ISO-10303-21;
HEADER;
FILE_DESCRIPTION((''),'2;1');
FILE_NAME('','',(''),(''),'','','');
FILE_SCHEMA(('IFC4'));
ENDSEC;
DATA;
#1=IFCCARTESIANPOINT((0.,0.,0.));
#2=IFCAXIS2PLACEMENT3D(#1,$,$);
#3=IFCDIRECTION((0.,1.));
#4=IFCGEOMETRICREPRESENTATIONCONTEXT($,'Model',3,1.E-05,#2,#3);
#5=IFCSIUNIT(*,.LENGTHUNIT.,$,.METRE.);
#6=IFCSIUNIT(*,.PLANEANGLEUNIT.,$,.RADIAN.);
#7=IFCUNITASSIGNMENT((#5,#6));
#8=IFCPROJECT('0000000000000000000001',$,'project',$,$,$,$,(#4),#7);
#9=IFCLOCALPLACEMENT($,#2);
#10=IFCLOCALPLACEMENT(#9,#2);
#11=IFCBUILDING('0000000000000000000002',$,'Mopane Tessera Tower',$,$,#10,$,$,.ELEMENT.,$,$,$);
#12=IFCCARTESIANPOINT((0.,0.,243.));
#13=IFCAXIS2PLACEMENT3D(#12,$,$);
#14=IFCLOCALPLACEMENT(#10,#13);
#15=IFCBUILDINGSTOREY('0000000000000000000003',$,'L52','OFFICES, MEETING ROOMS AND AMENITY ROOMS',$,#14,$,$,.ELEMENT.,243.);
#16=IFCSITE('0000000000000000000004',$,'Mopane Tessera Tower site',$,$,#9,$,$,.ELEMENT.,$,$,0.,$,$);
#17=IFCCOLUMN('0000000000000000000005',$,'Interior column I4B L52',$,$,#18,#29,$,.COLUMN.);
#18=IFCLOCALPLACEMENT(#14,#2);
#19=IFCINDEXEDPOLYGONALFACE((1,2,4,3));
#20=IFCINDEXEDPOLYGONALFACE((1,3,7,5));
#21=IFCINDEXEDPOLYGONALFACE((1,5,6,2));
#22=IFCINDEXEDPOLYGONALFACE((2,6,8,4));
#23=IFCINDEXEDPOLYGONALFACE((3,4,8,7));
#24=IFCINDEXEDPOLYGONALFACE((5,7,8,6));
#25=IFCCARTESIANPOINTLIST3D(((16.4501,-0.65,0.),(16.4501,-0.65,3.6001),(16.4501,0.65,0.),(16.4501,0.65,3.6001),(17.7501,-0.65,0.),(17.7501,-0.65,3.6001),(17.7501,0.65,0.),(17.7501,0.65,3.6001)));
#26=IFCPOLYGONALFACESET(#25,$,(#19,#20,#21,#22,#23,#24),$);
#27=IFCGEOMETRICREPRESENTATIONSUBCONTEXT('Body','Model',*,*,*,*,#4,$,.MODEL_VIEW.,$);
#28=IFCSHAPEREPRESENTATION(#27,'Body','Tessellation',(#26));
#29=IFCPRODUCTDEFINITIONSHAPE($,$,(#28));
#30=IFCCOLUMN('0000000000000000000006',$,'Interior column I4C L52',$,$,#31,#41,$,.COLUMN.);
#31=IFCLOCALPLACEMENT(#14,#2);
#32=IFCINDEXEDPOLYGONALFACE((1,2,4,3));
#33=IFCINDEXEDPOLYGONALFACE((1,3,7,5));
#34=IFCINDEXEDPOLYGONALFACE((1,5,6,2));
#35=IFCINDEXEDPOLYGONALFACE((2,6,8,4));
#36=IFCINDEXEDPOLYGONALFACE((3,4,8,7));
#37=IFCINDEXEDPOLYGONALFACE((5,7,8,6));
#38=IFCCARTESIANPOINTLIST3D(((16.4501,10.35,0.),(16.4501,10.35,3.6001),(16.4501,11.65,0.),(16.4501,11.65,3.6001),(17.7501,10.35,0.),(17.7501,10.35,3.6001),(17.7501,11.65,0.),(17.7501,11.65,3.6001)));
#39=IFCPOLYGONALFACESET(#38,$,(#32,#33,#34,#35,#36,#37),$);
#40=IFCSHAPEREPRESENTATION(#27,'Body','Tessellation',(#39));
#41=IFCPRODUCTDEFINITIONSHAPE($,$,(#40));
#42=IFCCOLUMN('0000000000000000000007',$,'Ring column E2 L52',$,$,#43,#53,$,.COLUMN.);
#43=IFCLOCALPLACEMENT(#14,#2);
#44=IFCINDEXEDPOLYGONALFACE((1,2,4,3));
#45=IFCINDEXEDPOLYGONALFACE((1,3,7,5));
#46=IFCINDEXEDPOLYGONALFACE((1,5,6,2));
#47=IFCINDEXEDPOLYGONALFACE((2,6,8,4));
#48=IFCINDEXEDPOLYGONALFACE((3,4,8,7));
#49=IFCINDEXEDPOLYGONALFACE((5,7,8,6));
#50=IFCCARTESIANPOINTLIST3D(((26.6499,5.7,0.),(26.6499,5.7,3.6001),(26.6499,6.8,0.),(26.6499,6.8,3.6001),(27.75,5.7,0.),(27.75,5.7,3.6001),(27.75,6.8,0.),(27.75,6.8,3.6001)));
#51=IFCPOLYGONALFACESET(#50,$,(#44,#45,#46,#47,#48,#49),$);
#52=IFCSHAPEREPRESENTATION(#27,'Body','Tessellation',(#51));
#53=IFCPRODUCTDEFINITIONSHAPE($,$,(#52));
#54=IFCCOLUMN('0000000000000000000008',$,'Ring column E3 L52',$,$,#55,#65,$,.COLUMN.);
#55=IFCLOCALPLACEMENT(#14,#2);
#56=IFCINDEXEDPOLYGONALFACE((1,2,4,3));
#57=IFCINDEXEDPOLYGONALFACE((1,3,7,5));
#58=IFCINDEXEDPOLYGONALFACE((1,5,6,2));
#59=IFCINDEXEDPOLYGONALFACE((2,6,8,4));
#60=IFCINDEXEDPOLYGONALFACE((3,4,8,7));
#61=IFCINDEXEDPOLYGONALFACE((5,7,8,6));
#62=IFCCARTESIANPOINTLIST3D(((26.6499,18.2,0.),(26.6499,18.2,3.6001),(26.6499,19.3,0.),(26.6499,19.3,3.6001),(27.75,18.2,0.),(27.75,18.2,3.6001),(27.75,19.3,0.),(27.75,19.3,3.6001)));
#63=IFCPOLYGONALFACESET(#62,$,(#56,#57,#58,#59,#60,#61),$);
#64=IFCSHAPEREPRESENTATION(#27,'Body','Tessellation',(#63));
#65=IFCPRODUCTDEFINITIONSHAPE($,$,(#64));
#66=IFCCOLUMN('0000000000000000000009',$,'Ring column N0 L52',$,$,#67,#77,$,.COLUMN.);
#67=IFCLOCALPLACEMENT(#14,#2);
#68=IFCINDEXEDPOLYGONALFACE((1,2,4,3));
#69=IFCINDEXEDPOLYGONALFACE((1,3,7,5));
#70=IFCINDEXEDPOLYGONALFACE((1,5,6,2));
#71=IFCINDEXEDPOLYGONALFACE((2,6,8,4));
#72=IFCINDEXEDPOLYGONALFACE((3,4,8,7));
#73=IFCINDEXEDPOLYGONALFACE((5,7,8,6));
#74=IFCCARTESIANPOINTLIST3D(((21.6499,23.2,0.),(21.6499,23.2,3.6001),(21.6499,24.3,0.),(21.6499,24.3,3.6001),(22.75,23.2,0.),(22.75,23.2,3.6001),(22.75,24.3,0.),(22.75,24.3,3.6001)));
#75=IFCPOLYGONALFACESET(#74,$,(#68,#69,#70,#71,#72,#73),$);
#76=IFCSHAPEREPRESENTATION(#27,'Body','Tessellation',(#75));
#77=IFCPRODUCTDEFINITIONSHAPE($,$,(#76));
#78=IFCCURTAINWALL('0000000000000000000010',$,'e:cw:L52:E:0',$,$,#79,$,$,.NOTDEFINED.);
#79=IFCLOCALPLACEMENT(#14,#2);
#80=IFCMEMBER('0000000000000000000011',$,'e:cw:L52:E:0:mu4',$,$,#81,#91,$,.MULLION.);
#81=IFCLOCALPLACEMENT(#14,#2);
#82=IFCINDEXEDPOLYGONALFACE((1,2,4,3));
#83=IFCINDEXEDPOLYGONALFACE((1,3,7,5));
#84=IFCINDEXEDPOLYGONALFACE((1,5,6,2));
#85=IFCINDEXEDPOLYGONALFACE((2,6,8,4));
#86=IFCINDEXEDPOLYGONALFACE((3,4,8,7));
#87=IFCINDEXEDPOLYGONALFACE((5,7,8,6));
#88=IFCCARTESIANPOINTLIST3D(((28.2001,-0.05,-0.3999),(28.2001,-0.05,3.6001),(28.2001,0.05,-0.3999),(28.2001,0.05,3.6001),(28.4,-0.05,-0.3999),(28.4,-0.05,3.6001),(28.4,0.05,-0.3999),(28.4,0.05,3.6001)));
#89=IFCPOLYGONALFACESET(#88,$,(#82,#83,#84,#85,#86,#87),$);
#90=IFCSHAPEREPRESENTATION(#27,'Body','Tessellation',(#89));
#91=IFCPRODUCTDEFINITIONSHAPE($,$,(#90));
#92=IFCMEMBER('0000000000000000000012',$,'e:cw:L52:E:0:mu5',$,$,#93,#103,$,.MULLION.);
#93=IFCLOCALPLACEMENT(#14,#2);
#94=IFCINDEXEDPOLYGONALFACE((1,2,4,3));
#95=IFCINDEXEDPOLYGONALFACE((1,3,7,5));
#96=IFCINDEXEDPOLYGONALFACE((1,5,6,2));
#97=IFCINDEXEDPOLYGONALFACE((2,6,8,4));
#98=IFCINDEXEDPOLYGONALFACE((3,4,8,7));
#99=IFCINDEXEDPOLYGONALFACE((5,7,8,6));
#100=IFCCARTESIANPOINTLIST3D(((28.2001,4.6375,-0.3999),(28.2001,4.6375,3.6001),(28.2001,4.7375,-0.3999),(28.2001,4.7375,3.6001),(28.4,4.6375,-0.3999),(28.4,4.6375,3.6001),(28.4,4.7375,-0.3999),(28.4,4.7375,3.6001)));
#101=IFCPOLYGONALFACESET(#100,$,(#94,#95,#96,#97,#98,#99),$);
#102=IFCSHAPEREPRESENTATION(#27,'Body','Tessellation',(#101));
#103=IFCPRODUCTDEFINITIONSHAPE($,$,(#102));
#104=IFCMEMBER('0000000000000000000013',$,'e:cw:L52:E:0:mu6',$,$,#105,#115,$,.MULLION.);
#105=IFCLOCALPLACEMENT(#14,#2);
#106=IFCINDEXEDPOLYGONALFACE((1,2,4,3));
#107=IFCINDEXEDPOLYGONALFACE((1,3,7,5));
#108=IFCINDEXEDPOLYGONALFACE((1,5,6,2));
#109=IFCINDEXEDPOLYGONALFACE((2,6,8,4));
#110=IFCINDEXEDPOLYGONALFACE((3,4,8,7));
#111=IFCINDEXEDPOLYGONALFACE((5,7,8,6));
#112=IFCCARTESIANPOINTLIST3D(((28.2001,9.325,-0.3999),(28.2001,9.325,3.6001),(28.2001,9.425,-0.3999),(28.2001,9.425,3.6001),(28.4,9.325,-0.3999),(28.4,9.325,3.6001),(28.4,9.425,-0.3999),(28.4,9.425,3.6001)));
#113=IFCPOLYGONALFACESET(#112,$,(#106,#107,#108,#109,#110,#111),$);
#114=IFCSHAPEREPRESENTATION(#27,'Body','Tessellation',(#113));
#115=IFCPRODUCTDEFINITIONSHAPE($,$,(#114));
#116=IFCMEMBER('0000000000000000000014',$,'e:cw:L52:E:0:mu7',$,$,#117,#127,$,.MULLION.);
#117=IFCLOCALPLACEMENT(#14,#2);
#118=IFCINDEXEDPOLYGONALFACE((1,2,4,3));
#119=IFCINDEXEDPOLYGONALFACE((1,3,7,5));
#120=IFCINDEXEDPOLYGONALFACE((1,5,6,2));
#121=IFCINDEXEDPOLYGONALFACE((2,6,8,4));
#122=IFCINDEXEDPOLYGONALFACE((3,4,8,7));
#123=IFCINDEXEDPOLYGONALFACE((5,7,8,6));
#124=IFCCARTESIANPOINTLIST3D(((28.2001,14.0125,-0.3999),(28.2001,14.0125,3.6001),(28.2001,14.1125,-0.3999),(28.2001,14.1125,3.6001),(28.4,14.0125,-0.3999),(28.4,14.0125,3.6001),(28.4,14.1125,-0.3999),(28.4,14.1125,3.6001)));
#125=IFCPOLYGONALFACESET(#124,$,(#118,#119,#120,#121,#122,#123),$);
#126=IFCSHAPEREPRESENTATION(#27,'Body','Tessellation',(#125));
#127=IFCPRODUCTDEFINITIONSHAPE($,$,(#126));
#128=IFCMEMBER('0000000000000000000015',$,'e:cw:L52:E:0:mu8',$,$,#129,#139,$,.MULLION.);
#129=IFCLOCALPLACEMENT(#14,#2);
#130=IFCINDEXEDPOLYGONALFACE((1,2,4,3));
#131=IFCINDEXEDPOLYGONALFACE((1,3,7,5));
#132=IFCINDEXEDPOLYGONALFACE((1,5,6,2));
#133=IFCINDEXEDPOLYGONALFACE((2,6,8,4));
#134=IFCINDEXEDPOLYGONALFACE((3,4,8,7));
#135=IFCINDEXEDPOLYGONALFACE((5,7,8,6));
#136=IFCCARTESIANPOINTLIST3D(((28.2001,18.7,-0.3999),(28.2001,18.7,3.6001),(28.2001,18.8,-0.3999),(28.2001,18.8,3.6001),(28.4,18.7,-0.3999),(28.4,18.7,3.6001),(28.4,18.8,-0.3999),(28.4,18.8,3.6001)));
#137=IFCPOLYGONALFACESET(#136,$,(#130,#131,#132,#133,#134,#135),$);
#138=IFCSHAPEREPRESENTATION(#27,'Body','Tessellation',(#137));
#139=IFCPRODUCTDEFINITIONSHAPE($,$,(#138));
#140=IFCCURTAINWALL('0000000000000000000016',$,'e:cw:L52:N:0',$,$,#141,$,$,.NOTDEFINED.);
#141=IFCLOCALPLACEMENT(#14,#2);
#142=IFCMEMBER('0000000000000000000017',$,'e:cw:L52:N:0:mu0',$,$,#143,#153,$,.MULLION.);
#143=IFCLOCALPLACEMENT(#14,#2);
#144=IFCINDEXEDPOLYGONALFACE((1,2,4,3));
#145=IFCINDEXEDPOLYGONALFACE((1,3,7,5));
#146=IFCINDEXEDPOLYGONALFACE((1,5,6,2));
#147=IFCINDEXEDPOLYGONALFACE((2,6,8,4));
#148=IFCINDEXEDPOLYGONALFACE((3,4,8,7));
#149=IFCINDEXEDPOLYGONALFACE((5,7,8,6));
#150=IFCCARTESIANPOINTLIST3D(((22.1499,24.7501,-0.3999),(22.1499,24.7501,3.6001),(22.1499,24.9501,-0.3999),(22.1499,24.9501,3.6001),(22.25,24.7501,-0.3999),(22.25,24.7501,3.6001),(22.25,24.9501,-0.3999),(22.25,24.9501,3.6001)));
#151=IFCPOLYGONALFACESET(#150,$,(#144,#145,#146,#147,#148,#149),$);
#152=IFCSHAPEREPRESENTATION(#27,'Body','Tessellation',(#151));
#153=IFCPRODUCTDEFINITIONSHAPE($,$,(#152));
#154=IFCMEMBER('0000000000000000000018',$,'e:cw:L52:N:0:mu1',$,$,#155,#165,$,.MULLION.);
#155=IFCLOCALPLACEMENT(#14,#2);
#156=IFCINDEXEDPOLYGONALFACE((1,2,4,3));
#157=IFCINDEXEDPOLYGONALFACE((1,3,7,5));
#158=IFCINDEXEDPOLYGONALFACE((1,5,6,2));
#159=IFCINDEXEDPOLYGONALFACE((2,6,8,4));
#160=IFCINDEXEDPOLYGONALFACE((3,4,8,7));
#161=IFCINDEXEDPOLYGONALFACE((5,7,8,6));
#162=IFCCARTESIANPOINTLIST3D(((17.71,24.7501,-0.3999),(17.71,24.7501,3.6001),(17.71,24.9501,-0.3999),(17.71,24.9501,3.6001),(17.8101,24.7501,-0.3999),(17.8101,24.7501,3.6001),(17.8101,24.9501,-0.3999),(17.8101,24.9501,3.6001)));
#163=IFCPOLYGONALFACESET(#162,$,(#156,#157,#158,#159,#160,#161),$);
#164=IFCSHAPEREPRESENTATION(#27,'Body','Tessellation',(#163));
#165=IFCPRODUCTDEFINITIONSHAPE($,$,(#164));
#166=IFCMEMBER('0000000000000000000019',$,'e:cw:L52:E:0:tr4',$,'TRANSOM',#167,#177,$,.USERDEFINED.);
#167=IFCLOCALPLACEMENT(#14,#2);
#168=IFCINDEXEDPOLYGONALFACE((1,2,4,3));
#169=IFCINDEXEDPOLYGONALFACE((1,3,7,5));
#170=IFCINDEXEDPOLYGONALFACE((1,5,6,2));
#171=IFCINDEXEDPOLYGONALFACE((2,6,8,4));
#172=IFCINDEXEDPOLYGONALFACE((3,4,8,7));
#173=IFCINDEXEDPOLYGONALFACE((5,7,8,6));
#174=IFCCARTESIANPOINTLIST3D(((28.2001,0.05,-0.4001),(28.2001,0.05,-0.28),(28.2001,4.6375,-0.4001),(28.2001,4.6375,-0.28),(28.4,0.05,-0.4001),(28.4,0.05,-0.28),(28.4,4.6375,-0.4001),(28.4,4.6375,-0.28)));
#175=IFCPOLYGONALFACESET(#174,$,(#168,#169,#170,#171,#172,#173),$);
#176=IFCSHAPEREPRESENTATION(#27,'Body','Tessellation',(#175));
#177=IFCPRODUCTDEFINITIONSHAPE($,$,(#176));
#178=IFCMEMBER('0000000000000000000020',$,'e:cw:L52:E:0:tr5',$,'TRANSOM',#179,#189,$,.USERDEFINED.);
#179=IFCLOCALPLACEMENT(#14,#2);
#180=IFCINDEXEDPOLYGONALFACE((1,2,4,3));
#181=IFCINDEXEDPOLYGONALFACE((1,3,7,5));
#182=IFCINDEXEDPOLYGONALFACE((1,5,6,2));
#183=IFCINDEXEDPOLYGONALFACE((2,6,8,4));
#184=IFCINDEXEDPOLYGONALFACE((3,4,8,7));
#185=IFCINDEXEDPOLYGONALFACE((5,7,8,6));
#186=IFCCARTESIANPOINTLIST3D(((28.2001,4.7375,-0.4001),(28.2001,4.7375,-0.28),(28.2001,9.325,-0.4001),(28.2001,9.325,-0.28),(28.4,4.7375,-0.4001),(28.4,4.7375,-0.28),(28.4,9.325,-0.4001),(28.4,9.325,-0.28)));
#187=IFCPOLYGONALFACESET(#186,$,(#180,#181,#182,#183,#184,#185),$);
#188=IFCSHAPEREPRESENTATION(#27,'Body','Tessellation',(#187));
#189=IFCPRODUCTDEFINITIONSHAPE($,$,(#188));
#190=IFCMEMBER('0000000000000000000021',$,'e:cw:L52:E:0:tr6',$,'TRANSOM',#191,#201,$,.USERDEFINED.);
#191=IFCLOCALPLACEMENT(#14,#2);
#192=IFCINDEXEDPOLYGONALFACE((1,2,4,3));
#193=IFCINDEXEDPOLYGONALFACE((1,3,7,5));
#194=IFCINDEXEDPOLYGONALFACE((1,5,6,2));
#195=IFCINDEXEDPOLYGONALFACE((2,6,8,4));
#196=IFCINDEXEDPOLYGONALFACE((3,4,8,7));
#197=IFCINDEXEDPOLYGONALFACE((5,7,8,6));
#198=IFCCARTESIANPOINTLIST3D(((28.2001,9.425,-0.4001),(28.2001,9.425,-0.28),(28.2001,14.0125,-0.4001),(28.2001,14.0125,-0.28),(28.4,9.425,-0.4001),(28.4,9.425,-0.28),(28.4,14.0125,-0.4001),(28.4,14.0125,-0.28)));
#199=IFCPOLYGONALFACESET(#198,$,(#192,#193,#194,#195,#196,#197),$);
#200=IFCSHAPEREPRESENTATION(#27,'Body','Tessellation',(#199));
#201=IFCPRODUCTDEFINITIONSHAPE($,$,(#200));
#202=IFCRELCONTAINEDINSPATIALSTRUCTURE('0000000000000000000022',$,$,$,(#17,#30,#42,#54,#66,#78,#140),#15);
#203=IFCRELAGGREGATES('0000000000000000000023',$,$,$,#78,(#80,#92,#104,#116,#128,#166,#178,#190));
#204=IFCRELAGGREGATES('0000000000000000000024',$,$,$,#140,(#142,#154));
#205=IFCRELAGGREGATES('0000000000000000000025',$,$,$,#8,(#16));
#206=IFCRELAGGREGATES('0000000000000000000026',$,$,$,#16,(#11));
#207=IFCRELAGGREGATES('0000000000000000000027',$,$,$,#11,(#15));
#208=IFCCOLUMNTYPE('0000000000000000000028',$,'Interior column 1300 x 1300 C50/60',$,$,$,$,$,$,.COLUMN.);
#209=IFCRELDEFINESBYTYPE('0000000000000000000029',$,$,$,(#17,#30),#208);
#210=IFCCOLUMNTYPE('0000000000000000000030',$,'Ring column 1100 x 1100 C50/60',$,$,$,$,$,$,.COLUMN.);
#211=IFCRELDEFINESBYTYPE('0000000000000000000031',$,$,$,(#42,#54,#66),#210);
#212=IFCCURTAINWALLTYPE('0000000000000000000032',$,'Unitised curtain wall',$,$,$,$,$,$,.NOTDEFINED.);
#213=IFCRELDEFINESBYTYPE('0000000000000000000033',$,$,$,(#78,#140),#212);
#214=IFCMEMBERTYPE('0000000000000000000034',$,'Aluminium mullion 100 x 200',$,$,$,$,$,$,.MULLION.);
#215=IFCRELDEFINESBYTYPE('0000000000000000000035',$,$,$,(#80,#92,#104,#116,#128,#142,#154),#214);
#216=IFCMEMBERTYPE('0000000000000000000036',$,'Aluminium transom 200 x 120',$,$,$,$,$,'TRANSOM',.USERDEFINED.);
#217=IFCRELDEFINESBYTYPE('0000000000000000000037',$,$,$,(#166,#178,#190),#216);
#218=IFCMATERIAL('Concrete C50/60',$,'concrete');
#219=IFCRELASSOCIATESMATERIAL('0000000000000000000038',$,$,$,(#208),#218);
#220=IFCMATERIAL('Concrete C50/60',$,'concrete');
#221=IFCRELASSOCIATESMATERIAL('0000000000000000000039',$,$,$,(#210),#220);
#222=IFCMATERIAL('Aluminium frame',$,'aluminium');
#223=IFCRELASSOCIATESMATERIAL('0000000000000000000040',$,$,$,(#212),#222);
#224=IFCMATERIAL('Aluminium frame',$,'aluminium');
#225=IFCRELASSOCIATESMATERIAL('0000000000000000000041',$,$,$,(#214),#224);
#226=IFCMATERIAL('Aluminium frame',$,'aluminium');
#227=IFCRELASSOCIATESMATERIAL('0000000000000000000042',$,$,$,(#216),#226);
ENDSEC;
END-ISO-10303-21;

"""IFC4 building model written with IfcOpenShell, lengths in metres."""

from ifc_helpers import new_model, si_unit, direction, frame, origin, origin_2d, place, context, subcontext, project, spatial, rectangle, extrude, material, material_profile, profile_set, type_object, element, aggregate, save


model = new_model("IFC4")

# Units and contexts
model_context = context("Model", 3, precision=1e-05, world=origin(), true_north=direction((0.0, 1.0)))
body_context = subcontext(model_context, "Body", "Model", "MODEL_VIEW")
ifc_project = project(units=[si_unit("LENGTHUNIT", "METRE"), si_unit("PLANEANGLEUNIT", "RADIAN")], contexts=[model_context])

# Site, building, storey
site_placement = place(None, origin())
site = spatial("IfcSite", under=ifc_project, at=site_placement, Name="Mopane Tessera Tower site", CompositionType="ELEMENT", RefElevation=0.0)
building_placement = place(site_placement, origin())
building = spatial("IfcBuilding", under=site, at=building_placement, Name="Mopane Tessera Tower", CompositionType="ELEMENT")
storey_placement = place(building_placement, frame((0.0, 0.0, 243.0)))
storey = spatial("IfcBuildingStorey", under=building, at=storey_placement, Name="L52", Description="OFFICES, MEETING ROOMS AND AMENITY ROOMS", CompositionType="ELEMENT", Elevation=243.0)

# Columns
ifc_material_1 = material(Name="Concrete C50/60", Category="concrete")
ifc_material_profile_1 = material_profile(ifc_material_1, rectangle(XDim=1.3, YDim=1.3, at=origin_2d()))
ifc_profile_set_1 = profile_set([ifc_material_profile_1], Name="Concrete C50/60")
column_type_1 = type_object("IfcColumnType", Name="Interior column 1300 x 1300 C50/60", PredefinedType="COLUMN", material=ifc_profile_set_1)
for number, where, z_axis, x_axis, name in (
    (1, (17.1001, 0.0, 0.0), (0.0, 0.0, 1.0), (1.0, 0.0, 0.0), "Interior column I4B L52"),
    (2, (17.1001, 11.0, 0.0), (0.0, 0.0, 1.0), (1.0, 0.0, 0.0), "Interior column I4C L52"),
):
    element("IfcColumn", number, at=place(storey_placement, frame(where, z_axis=z_axis, x_axis=x_axis)), inside=storey, type_object=column_type_1, Name=name, PredefinedType="COLUMN", context=body_context, shape_type="SweptSolid", body=[
        extrude(rectangle(XDim=1.3, YDim=1.3, at=origin_2d()), origin(), (0.0, 0.0, 1.0), 3.6001),
    ])
ifc_material_2 = material(Name="Concrete C50/60", Category="concrete")
ifc_material_profile_2 = material_profile(ifc_material_2, rectangle(XDim=1.1001, YDim=1.1001, at=origin_2d()))
ifc_profile_set_2 = profile_set([ifc_material_profile_2], Name="Concrete C50/60")
column_type_2 = type_object("IfcColumnType", Name="Ring column 1100 x 1100 C50/60", PredefinedType="COLUMN", material=ifc_profile_set_2)
for number, where, z_axis, x_axis, name in (
    (3, (27.2, 6.25, 0.0), (0.0, 0.0, 1.0), (1.0, 0.0, 0.0), "Ring column E2 L52"),
    (4, (27.2, 18.75, 0.0), (0.0, 0.0, 1.0), (1.0, 0.0, 0.0), "Ring column E3 L52"),
    (5, (22.2, 23.75, 0.0), (0.0, 0.0, 1.0), (1.0, 0.0, 0.0), "Ring column N0 L52"),
):
    element("IfcColumn", number, at=place(storey_placement, frame(where, z_axis=z_axis, x_axis=x_axis)), inside=storey, type_object=column_type_2, Name=name, PredefinedType="COLUMN", context=body_context, shape_type="SweptSolid", body=[
        extrude(rectangle(XDim=1.1001, YDim=1.1001, at=origin_2d()), origin(), (0.0, 0.0, 1.0), 3.6001),
    ])

# Curtain walls, members
ifc_material_3 = material(Name="Aluminium frame", Category="aluminium")
curtain_wall_type = type_object("IfcCurtainWallType", Name="Unitised curtain wall", PredefinedType="NOTDEFINED", material=ifc_material_3)
curtain_wall_1_placement = place(storey_placement, origin())
curtain_wall_1 = element("IfcCurtainWall", 6, at=curtain_wall_1_placement, inside=storey, type_object=curtain_wall_type, Name="e:cw:L52:E:0", PredefinedType="NOTDEFINED")
ifc_material_4 = material(Name="Aluminium frame", Category="aluminium")
ifc_material_profile_3 = material_profile(ifc_material_4, rectangle(XDim=0.1001, YDim=0.2, at=origin_2d()))
ifc_profile_set_3 = profile_set([ifc_material_profile_3], Name="Aluminium frame")
member_type_1 = type_object("IfcMemberType", Name="Aluminium mullion 100 x 200", PredefinedType="MULLION", material=ifc_profile_set_3)
member_1_placement = place(storey_placement, frame((28.3, 0.0, -0.3999), z_axis=(0.0, 0.0, 1.0), x_axis=(0.0, 1.0, 0.0)))
member_1 = element("IfcMember", 7, at=member_1_placement, type_object=member_type_1, Name="e:cw:L52:E:0:mu4", PredefinedType="MULLION", context=body_context, shape_type="SweptSolid", body=[
    extrude(rectangle(XDim=0.1001, YDim=0.2, at=origin_2d()), origin(), (0.0, 0.0, 1.0), 4.0),
])
member_2_placement = place(storey_placement, frame((28.3, 4.6875, -0.3999), z_axis=(0.0, 0.0, 1.0), x_axis=(0.0, 1.0, 0.0)))
member_2 = element("IfcMember", 8, at=member_2_placement, type_object=member_type_1, Name="e:cw:L52:E:0:mu5", PredefinedType="MULLION", context=body_context, shape_type="SweptSolid", body=[
    extrude(rectangle(XDim=0.1001, YDim=0.2, at=origin_2d()), origin(), (0.0, 0.0, 1.0), 4.0),
])
member_3_placement = place(storey_placement, frame((28.3, 9.375, -0.3999), z_axis=(0.0, 0.0, 1.0), x_axis=(0.0, 1.0, 0.0)))
member_3 = element("IfcMember", 9, at=member_3_placement, type_object=member_type_1, Name="e:cw:L52:E:0:mu6", PredefinedType="MULLION", context=body_context, shape_type="SweptSolid", body=[
    extrude(rectangle(XDim=0.1001, YDim=0.2, at=origin_2d()), origin(), (0.0, 0.0, 1.0), 4.0),
])
member_4_placement = place(storey_placement, frame((28.3, 14.0625, -0.3999), z_axis=(0.0, 0.0, 1.0), x_axis=(0.0, 1.0, 0.0)))
member_4 = element("IfcMember", 10, at=member_4_placement, type_object=member_type_1, Name="e:cw:L52:E:0:mu7", PredefinedType="MULLION", context=body_context, shape_type="SweptSolid", body=[
    extrude(rectangle(XDim=0.1001, YDim=0.2, at=origin_2d()), origin(), (0.0, 0.0, 1.0), 4.0),
])
member_5_placement = place(storey_placement, frame((28.3, 18.75, -0.3999), z_axis=(0.0, 0.0, 1.0), x_axis=(0.0, 1.0, 0.0)))
member_5 = element("IfcMember", 11, at=member_5_placement, type_object=member_type_1, Name="e:cw:L52:E:0:mu8", PredefinedType="MULLION", context=body_context, shape_type="SweptSolid", body=[
    extrude(rectangle(XDim=0.1001, YDim=0.2, at=origin_2d()), origin(), (0.0, 0.0, 1.0), 4.0),
])
curtain_wall_2_placement = place(storey_placement, origin())
curtain_wall_2 = element("IfcCurtainWall", 12, at=curtain_wall_2_placement, inside=storey, type_object=curtain_wall_type, Name="e:cw:L52:N:0", PredefinedType="NOTDEFINED")
member_6_placement = place(storey_placement, frame((22.2, 24.8501, -0.3999), z_axis=(0.0, 0.0, 1.0), x_axis=(-1.0, 0.0, 0.0)))
member_6 = element("IfcMember", 13, at=member_6_placement, type_object=member_type_1, Name="e:cw:L52:N:0:mu0", PredefinedType="MULLION", context=body_context, shape_type="SweptSolid", body=[
    extrude(rectangle(XDim=0.1001, YDim=0.2, at=origin_2d()), origin(), (0.0, 0.0, 1.0), 4.0),
])
member_7_placement = place(storey_placement, frame((17.76, 24.8501, -0.3999), z_axis=(0.0, 0.0, 1.0), x_axis=(-1.0, 0.0, 0.0)))
member_7 = element("IfcMember", 14, at=member_7_placement, type_object=member_type_1, Name="e:cw:L52:N:0:mu1", PredefinedType="MULLION", context=body_context, shape_type="SweptSolid", body=[
    extrude(rectangle(XDim=0.1001, YDim=0.2, at=origin_2d()), origin(), (0.0, 0.0, 1.0), 4.0),
])

# Members
ifc_material_5 = material(Name="Aluminium frame", Category="aluminium")
ifc_material_profile_4 = material_profile(ifc_material_5, rectangle(XDim=0.2, YDim=0.1201, at=origin_2d()))
ifc_profile_set_4 = profile_set([ifc_material_profile_4], Name="Aluminium frame")
member_type_2 = type_object("IfcMemberType", Name="Aluminium transom 200 x 120", ElementType="TRANSOM", PredefinedType="USERDEFINED", material=ifc_profile_set_4)
member_8_placement = place(storey_placement, frame((28.3, 0.05, -0.3401), z_axis=(0.0, 1.0, 0.0), x_axis=(-1.0, 0.0, 0.0)))
member_8 = element("IfcMember", 15, at=member_8_placement, type_object=member_type_2, Name="e:cw:L52:E:0:tr4", ObjectType="TRANSOM", PredefinedType="USERDEFINED", context=body_context, shape_type="SweptSolid", body=[
    extrude(rectangle(XDim=0.2, YDim=0.1201, at=origin_2d()), origin(), (0.0, 0.0, 1.0), 4.5874),
])
member_9_placement = place(storey_placement, frame((28.3, 4.7375, -0.3401), z_axis=(0.0, 1.0, 0.0), x_axis=(-1.0, 0.0, 0.0)))
member_9 = element("IfcMember", 16, at=member_9_placement, type_object=member_type_2, Name="e:cw:L52:E:0:tr5", ObjectType="TRANSOM", PredefinedType="USERDEFINED", context=body_context, shape_type="SweptSolid", body=[
    extrude(rectangle(XDim=0.2, YDim=0.1201, at=origin_2d()), origin(), (0.0, 0.0, 1.0), 4.5874),
])
member_10_placement = place(storey_placement, frame((28.3, 9.425, -0.3401), z_axis=(0.0, 1.0, 0.0), x_axis=(-1.0, 0.0, 0.0)))
member_10 = element("IfcMember", 17, at=member_10_placement, type_object=member_type_2, Name="e:cw:L52:E:0:tr6", ObjectType="TRANSOM", PredefinedType="USERDEFINED", context=body_context, shape_type="SweptSolid", body=[
    extrude(rectangle(XDim=0.2, YDim=0.1201, at=origin_2d()), origin(), (0.0, 0.0, 1.0), 4.5874),
])

aggregate(curtain_wall_1, [member_1, member_2, member_3, member_4, member_5, member_8, member_9, member_10])
aggregate(curtain_wall_2, [member_6, member_7])

save(model, "model.ifc")
